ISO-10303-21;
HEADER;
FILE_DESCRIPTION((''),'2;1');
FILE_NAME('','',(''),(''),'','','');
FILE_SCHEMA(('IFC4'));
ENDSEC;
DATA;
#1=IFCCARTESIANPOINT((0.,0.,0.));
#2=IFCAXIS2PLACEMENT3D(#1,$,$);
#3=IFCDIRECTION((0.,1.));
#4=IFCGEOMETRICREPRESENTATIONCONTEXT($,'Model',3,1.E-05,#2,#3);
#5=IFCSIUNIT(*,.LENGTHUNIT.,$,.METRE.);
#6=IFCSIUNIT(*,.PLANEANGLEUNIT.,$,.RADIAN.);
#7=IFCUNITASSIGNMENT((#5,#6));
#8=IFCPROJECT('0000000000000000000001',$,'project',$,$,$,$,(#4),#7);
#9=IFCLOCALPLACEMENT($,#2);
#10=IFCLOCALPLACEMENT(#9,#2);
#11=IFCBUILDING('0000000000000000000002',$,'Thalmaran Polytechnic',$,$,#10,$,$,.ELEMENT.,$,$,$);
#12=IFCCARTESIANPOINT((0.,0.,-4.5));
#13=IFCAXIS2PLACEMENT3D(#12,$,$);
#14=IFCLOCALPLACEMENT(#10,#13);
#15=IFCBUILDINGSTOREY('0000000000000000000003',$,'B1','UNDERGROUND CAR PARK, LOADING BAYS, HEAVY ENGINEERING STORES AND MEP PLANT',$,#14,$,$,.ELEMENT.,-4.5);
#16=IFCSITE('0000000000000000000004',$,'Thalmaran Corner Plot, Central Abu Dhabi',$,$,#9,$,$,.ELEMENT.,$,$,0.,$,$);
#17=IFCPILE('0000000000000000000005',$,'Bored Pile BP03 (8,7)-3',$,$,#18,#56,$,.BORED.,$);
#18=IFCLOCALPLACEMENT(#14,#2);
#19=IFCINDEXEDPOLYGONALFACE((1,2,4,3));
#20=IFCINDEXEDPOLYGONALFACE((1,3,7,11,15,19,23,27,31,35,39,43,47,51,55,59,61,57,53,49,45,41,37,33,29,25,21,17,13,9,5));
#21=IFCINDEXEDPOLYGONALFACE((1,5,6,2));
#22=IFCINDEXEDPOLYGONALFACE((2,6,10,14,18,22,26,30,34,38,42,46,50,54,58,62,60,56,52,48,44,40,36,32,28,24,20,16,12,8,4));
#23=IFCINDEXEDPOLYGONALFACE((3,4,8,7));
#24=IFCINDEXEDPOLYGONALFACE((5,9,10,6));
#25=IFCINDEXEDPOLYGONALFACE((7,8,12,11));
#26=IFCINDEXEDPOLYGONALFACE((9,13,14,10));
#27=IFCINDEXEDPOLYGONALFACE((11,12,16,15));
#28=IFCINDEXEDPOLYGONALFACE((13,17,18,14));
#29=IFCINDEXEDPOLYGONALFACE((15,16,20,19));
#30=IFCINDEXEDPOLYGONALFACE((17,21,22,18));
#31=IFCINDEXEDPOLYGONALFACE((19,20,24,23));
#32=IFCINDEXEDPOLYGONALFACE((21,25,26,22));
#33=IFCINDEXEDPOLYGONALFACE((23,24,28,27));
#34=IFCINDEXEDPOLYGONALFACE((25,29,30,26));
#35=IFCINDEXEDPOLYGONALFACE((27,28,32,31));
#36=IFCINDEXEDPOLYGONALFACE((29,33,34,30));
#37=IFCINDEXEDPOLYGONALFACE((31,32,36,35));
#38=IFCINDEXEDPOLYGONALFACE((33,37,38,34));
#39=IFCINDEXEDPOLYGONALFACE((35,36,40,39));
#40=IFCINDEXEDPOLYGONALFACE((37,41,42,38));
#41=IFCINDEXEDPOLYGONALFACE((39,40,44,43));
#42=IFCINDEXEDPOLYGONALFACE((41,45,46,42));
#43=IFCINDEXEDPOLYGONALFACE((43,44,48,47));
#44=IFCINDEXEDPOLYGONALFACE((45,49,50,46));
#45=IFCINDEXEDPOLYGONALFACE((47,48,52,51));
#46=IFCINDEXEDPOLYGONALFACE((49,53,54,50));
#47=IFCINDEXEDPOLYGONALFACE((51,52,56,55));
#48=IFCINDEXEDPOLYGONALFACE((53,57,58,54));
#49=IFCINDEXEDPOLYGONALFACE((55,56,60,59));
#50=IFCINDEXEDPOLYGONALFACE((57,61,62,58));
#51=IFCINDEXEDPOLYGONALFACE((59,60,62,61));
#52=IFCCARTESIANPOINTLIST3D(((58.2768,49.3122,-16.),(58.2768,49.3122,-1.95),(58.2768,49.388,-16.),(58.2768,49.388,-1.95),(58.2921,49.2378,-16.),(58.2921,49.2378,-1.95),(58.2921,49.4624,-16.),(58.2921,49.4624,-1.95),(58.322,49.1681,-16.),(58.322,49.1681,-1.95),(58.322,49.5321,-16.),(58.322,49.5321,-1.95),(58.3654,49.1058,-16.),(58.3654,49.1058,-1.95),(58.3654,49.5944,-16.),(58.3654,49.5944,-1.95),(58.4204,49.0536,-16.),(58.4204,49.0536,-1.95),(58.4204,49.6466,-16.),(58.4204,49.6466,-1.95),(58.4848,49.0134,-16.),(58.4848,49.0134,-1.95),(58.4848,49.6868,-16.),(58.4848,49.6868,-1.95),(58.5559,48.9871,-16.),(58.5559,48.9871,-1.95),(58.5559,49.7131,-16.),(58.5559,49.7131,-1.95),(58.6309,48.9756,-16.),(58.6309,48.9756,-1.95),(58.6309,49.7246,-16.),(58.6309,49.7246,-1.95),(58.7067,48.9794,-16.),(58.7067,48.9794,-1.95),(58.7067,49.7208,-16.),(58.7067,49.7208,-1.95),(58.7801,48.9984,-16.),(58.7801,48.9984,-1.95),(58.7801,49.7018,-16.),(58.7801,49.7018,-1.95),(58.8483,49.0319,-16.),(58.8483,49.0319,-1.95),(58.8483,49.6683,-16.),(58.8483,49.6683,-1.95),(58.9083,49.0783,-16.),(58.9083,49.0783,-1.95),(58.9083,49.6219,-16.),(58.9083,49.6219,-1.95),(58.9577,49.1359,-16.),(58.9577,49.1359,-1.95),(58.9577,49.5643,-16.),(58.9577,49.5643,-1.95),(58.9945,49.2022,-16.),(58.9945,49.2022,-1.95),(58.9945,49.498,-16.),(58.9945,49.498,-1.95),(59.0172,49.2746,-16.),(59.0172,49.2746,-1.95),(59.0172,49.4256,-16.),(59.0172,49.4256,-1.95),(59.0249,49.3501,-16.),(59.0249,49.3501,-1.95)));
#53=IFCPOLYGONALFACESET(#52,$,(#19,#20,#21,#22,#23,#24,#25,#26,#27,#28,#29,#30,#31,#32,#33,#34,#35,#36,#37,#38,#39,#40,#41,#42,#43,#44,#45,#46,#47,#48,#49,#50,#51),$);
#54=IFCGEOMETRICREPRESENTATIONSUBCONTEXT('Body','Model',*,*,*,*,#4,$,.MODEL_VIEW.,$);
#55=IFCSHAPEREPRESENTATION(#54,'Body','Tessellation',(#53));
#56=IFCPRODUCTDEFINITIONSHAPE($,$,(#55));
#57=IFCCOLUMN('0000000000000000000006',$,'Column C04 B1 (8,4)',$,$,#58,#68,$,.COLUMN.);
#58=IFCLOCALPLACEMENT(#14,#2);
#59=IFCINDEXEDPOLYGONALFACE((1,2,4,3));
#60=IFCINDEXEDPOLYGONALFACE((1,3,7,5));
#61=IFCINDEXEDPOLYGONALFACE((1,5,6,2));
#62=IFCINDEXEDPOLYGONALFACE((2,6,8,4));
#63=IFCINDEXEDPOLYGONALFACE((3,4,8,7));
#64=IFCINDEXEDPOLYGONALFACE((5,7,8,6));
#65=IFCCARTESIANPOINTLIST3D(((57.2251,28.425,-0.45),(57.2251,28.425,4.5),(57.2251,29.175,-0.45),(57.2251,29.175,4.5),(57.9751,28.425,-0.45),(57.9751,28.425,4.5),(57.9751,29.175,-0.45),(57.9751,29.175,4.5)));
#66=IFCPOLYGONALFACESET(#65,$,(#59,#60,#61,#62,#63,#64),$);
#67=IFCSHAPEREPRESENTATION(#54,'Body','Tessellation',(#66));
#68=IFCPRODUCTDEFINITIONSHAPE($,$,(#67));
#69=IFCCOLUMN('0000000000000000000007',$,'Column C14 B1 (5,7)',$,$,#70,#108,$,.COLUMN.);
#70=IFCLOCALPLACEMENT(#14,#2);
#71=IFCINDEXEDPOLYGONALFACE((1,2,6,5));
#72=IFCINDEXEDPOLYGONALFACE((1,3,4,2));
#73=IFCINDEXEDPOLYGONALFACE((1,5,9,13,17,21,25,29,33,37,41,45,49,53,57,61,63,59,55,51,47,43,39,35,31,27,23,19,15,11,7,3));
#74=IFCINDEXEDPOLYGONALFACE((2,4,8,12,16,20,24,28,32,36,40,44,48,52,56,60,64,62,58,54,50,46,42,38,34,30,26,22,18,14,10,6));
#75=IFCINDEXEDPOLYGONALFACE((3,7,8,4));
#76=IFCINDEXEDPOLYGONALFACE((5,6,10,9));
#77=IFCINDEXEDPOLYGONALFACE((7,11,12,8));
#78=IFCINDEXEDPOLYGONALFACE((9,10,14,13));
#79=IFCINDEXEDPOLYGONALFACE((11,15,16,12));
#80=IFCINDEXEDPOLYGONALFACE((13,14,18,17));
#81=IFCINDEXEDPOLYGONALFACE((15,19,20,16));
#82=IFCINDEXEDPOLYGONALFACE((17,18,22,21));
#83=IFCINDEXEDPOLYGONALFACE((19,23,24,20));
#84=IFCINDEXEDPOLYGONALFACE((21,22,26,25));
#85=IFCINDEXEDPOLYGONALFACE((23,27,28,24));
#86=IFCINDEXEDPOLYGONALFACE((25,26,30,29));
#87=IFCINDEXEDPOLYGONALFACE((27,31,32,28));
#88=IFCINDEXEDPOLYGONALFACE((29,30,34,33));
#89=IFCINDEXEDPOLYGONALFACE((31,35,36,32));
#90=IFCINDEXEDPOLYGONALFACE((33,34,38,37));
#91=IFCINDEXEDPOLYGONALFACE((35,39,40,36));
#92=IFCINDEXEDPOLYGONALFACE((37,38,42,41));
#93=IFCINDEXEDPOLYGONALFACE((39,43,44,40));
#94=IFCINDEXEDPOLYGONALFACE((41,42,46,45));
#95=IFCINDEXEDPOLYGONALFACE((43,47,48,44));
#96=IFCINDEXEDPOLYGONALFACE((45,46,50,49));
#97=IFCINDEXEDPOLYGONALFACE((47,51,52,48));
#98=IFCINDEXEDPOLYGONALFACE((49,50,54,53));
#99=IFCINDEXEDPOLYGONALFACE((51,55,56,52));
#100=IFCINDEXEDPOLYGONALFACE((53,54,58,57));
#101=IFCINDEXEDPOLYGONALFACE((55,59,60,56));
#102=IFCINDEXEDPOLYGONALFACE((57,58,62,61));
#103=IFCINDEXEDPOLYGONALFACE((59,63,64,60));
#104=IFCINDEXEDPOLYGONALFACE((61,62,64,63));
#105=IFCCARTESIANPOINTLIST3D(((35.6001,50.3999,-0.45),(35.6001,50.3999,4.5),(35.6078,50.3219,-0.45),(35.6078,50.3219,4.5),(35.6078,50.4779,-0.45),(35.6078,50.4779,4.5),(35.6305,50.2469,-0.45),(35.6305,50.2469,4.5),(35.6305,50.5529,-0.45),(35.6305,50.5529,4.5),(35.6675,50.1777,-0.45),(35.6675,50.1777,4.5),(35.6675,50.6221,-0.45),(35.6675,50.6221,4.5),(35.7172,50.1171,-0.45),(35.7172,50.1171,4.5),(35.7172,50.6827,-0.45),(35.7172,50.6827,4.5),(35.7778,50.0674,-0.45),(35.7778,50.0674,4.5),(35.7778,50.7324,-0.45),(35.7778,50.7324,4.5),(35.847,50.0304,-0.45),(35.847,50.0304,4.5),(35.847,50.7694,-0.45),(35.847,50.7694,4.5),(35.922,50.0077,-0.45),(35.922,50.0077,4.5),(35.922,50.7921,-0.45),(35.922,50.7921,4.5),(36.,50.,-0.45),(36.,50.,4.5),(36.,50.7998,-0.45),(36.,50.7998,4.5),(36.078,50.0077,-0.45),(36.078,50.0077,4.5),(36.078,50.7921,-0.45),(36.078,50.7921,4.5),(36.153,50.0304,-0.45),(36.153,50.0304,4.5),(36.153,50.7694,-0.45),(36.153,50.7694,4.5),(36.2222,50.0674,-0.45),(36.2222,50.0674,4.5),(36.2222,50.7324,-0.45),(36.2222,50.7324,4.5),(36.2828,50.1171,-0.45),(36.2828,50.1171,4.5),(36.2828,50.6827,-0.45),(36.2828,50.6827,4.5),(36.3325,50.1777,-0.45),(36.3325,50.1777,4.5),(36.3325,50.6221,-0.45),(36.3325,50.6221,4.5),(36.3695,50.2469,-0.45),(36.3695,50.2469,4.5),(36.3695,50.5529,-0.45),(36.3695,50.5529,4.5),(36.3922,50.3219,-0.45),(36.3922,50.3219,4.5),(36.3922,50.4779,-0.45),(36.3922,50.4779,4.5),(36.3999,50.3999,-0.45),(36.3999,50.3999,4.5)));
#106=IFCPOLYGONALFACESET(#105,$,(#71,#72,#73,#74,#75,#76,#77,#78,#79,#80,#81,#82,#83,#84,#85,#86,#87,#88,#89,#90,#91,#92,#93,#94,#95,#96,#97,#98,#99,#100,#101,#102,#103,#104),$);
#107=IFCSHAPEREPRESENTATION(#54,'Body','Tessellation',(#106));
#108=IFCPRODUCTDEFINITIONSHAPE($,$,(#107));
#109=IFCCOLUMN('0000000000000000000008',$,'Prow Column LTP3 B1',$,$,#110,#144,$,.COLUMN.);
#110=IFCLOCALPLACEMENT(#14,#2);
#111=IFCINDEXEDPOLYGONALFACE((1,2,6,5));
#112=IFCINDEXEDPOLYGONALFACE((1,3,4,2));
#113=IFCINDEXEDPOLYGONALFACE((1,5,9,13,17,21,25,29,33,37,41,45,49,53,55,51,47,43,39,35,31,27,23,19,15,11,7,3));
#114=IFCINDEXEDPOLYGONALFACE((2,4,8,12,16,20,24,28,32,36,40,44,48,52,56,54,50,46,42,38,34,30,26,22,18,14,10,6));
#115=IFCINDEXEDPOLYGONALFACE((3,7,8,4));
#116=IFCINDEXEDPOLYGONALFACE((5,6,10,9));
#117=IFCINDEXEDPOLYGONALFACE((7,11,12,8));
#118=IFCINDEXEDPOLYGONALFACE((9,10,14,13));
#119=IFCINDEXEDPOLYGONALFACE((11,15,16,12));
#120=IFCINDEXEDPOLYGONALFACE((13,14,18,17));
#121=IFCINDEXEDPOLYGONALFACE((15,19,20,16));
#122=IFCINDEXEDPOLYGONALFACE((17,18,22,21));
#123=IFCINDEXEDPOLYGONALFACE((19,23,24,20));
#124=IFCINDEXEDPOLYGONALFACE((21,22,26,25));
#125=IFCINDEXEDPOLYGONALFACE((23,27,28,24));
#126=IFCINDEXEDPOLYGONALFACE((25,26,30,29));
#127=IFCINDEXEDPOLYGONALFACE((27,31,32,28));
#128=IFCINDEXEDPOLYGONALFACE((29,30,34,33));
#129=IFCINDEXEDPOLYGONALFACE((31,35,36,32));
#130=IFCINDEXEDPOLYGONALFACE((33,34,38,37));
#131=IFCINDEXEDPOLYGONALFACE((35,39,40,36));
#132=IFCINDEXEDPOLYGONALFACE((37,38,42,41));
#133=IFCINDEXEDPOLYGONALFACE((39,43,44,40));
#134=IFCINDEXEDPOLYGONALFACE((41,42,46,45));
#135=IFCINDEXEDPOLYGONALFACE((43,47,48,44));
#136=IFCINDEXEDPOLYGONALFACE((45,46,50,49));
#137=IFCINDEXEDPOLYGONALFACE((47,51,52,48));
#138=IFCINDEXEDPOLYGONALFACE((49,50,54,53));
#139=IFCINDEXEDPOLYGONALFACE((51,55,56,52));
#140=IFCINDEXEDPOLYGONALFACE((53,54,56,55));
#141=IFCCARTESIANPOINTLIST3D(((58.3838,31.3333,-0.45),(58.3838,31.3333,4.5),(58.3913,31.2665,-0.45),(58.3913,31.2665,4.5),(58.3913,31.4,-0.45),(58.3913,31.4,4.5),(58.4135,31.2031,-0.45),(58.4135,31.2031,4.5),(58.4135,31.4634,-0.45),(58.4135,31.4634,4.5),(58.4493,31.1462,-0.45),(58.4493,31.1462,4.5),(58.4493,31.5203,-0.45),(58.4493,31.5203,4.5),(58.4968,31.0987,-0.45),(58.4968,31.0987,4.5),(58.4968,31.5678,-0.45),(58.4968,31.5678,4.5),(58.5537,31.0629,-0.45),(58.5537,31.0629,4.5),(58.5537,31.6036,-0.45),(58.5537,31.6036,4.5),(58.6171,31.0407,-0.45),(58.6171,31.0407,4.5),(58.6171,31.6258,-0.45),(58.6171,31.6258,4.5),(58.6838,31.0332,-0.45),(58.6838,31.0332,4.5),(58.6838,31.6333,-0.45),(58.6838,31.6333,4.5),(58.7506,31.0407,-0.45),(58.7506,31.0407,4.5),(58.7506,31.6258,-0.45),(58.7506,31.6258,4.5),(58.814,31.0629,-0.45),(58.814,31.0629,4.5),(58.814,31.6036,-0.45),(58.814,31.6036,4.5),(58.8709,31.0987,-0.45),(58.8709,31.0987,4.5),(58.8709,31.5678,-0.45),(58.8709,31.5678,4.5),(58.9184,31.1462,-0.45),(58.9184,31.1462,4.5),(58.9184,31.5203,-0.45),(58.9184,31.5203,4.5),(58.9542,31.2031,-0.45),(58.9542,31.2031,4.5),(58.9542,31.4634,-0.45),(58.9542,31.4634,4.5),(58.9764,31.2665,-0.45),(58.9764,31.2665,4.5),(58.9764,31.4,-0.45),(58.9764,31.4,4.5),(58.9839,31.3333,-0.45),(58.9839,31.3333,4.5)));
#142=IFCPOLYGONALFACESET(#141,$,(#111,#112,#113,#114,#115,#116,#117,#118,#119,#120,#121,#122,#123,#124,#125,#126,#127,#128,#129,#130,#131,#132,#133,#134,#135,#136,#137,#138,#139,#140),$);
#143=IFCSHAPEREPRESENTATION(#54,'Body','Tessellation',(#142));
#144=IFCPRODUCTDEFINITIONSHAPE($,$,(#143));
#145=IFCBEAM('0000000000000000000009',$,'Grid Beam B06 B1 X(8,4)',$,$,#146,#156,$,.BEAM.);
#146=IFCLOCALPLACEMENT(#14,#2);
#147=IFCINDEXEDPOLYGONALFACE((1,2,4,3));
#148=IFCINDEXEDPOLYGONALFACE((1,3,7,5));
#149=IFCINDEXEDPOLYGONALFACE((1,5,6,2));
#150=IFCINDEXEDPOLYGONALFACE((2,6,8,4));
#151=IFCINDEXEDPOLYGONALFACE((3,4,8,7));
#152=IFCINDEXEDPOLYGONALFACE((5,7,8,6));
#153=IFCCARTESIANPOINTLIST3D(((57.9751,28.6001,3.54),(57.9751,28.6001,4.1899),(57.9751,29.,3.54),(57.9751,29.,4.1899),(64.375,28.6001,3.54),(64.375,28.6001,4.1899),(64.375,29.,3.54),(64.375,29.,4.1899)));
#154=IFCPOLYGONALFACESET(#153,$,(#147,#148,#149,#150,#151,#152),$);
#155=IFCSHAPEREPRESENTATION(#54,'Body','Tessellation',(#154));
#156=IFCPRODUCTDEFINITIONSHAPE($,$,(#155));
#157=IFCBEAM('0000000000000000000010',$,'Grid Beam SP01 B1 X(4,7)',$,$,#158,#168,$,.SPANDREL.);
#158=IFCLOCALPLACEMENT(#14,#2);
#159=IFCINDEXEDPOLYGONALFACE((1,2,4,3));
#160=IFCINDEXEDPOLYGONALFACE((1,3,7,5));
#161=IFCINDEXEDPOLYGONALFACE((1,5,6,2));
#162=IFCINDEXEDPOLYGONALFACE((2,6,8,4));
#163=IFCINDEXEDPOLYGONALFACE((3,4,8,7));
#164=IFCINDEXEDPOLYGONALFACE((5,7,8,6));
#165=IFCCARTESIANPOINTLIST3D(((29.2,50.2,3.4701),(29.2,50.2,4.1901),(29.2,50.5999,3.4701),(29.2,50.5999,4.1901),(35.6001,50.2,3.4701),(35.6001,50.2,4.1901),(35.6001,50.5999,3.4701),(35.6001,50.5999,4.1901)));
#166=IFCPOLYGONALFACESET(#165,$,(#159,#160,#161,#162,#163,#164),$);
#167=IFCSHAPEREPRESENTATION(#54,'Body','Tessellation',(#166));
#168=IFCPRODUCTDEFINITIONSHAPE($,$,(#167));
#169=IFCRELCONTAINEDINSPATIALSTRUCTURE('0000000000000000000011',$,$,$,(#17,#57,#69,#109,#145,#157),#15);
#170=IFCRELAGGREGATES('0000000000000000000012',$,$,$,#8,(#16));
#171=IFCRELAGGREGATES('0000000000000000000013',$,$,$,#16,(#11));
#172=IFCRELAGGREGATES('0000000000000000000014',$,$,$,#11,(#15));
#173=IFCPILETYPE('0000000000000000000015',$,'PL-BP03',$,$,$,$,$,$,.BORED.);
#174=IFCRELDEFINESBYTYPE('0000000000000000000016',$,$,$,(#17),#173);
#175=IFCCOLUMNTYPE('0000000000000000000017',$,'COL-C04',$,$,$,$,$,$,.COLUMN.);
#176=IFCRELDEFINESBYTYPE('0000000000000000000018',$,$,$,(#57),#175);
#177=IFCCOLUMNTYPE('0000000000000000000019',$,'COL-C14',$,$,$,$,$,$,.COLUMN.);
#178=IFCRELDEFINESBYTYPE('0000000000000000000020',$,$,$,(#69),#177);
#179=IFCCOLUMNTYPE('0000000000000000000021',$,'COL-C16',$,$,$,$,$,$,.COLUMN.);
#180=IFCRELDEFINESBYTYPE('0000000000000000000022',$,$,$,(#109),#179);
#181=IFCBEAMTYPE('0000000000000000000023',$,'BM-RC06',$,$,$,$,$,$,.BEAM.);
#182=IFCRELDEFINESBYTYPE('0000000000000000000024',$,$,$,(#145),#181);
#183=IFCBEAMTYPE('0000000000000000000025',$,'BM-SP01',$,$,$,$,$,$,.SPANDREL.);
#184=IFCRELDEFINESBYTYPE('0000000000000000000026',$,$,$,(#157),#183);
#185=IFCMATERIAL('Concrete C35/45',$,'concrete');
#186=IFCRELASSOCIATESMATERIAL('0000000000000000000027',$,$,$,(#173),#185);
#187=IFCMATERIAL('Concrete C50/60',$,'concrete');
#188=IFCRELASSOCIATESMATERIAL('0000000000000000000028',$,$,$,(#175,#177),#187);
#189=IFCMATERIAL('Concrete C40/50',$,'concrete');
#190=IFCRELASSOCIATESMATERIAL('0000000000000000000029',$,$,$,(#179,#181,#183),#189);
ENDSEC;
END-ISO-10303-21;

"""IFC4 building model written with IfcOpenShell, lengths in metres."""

from ifc_helpers import new_model, si_unit, direction, frame, origin, origin_2d, place, context, subcontext, project, spatial, rectangle, circle, extrude, material, material_profile, profile_set, type_object, element, save


model = new_model("IFC4")

# Units and contexts
model_context = context("Model", 3, precision=1e-05, world=origin(), true_north=direction((0.0, 1.0)))
body_context = subcontext(model_context, "Body", "Model", "MODEL_VIEW")
ifc_project = project(units=[si_unit("LENGTHUNIT", "METRE"), si_unit("PLANEANGLEUNIT", "RADIAN")], contexts=[model_context])

# Site, building, storey
site_placement = place(None, origin())
site = spatial("IfcSite", under=ifc_project, at=site_placement, Name="Thalmaran Corner Plot, Central Abu Dhabi", CompositionType="ELEMENT", RefElevation=0.0)
building_placement = place(site_placement, origin())
building = spatial("IfcBuilding", under=site, at=building_placement, Name="Thalmaran Polytechnic", CompositionType="ELEMENT")
storey_placement = place(building_placement, frame((0.0, 0.0, -4.5)))
storey = spatial("IfcBuildingStorey", under=building, at=storey_placement, Name="B1", Description="UNDERGROUND CAR PARK, LOADING BAYS, HEAVY ENGINEERING STORES AND MEP PLANT", CompositionType="ELEMENT", Elevation=-4.5)

# Shared definitions
ifc_material_1 = material(Name="Concrete C40/50", Category="concrete")

# Pile
ifc_material_2 = material(Name="Concrete C35/45", Category="concrete")
ifc_material_profile_1 = material_profile(ifc_material_2, circle(Radius=0.375, at=origin_2d()), Name="RC 750 DIA")
ifc_profile_set_1 = profile_set([ifc_material_profile_1], Name="Concrete C35/45")
pile_type_1 = type_object("IfcPileType", Name="PL-BP03", PredefinedType="BORED", material=ifc_profile_set_1)
for number, where, z_axis, x_axis, name in (
    (1, (58.6499, 49.3501, -1.95), (0.0, 0.0, -1.0), (1.0, 0.0, 0.0), "Bored Pile BP03 (8,7)-3"),
):
    element("IfcPile", number, at=place(storey_placement, frame(where, z_axis=z_axis, x_axis=x_axis)), inside=storey, type_object=pile_type_1, Name=name, PredefinedType="BORED", context=body_context, shape_type="SweptSolid", body=[
        extrude(circle(Radius=0.375, at=origin_2d()), origin(), (0.0, 0.0, 1.0), 14.05),
    ])

# Columns
ifc_material_3 = material(Name="Concrete C50/60", Category="concrete")
ifc_material_profile_2 = material_profile(ifc_material_3, rectangle(XDim=0.75, YDim=0.75, at=origin_2d()), Name="RC 750x750")
ifc_profile_set_2 = profile_set([ifc_material_profile_2], Name="Concrete C50/60")
column_type_1 = type_object("IfcColumnType", Name="COL-C04", PredefinedType="COLUMN", material=ifc_profile_set_2)
column_1_placement = place(storey_placement, frame((57.6001, 28.8, -0.45), z_axis=(0.0, 0.0, 1.0), x_axis=(1.0, 0.0, 0.0)))
element("IfcColumn", 2, at=column_1_placement, inside=storey, type_object=column_type_1, Name="Column C04 B1 (8,4)", PredefinedType="COLUMN", context=body_context, shape_type="SweptSolid", body=[
    extrude(rectangle(XDim=0.75, YDim=0.75, at=origin_2d()), origin(), (0.0, 0.0, 1.0), 4.95),
])
ifc_material_profile_3 = material_profile(ifc_material_3, circle(Radius=0.3999, at=origin_2d()), Name="RC 800 DIA")
ifc_profile_set_3 = profile_set([ifc_material_profile_3], Name="Concrete C50/60")
column_type_2 = type_object("IfcColumnType", Name="COL-C14", PredefinedType="COLUMN", material=ifc_profile_set_3)
column_2_placement = place(storey_placement, frame((36.0, 50.3999, -0.45), z_axis=(0.0, 0.0, 1.0), x_axis=(1.0, 0.0, 0.0)))
element("IfcColumn", 3, at=column_2_placement, inside=storey, type_object=column_type_2, Name="Column C14 B1 (5,7)", PredefinedType="COLUMN", context=body_context, shape_type="SweptSolid", body=[
    extrude(circle(Radius=0.3999, at=origin_2d()), origin(), (0.0, 0.0, 1.0), 4.95),
])
ifc_material_profile_4 = material_profile(ifc_material_1, circle(Radius=0.3, at=origin_2d()), Name="RC 600 DIA")
ifc_profile_set_4 = profile_set([ifc_material_profile_4], Name="Concrete C40/50")
column_type_3 = type_object("IfcColumnType", Name="COL-C16", PredefinedType="COLUMN", material=ifc_profile_set_4)
column_3_placement = place(storey_placement, frame((58.6838, 31.3333, -0.45), z_axis=(0.0, 0.0, 1.0), x_axis=(1.0, 0.0, 0.0)))
element("IfcColumn", 4, at=column_3_placement, inside=storey, type_object=column_type_3, Name="Prow Column LTP3 B1", PredefinedType="COLUMN", context=body_context, shape_type="SweptSolid", body=[
    extrude(circle(Radius=0.3, at=origin_2d()), origin(), (0.0, 0.0, 1.0), 4.95),
])

# Beams
ifc_material_profile_5 = material_profile(ifc_material_1, rectangle(XDim=0.3999, YDim=0.6499, at=origin_2d()), Name="RC 400x650")
ifc_profile_set_5 = profile_set([ifc_material_profile_5], Name="Concrete C40/50")
beam_type_1 = type_object("IfcBeamType", Name="BM-RC06", PredefinedType="BEAM", material=ifc_profile_set_5)
beam_1_placement = place(storey_placement, frame((57.9751, 28.8, 3.865), z_axis=(1.0, 0.0, 0.0), x_axis=(0.0, 1.0, 0.0)))
element("IfcBeam", 5, at=beam_1_placement, inside=storey, type_object=beam_type_1, Name="Grid Beam B06 B1 X(8,4)", PredefinedType="BEAM", context=body_context, shape_type="SweptSolid", body=[
    extrude(rectangle(XDim=0.3999, YDim=0.6499, at=origin_2d()), origin(), (0.0, 0.0, 1.0), 6.3999),
])
ifc_material_profile_6 = material_profile(ifc_material_1, rectangle(XDim=0.3999, YDim=0.72, at=origin_2d()), Name="RC 400x720")
ifc_profile_set_6 = profile_set([ifc_material_profile_6], Name="Concrete C40/50")
beam_type_2 = type_object("IfcBeamType", Name="BM-SP01", PredefinedType="SPANDREL", material=ifc_profile_set_6)
beam_2_placement = place(storey_placement, frame((29.2, 50.3999, 3.8301), z_axis=(1.0, 0.0, 0.0), x_axis=(0.0, 1.0, 0.0)))
element("IfcBeam", 6, at=beam_2_placement, inside=storey, type_object=beam_type_2, Name="Grid Beam SP01 B1 X(4,7)", PredefinedType="SPANDREL", context=body_context, shape_type="SweptSolid", body=[
    extrude(rectangle(XDim=0.3999, YDim=0.72, at=origin_2d()), origin(), (0.0, 0.0, 1.0), 6.4001),
])

save(model, "model.ifc")
